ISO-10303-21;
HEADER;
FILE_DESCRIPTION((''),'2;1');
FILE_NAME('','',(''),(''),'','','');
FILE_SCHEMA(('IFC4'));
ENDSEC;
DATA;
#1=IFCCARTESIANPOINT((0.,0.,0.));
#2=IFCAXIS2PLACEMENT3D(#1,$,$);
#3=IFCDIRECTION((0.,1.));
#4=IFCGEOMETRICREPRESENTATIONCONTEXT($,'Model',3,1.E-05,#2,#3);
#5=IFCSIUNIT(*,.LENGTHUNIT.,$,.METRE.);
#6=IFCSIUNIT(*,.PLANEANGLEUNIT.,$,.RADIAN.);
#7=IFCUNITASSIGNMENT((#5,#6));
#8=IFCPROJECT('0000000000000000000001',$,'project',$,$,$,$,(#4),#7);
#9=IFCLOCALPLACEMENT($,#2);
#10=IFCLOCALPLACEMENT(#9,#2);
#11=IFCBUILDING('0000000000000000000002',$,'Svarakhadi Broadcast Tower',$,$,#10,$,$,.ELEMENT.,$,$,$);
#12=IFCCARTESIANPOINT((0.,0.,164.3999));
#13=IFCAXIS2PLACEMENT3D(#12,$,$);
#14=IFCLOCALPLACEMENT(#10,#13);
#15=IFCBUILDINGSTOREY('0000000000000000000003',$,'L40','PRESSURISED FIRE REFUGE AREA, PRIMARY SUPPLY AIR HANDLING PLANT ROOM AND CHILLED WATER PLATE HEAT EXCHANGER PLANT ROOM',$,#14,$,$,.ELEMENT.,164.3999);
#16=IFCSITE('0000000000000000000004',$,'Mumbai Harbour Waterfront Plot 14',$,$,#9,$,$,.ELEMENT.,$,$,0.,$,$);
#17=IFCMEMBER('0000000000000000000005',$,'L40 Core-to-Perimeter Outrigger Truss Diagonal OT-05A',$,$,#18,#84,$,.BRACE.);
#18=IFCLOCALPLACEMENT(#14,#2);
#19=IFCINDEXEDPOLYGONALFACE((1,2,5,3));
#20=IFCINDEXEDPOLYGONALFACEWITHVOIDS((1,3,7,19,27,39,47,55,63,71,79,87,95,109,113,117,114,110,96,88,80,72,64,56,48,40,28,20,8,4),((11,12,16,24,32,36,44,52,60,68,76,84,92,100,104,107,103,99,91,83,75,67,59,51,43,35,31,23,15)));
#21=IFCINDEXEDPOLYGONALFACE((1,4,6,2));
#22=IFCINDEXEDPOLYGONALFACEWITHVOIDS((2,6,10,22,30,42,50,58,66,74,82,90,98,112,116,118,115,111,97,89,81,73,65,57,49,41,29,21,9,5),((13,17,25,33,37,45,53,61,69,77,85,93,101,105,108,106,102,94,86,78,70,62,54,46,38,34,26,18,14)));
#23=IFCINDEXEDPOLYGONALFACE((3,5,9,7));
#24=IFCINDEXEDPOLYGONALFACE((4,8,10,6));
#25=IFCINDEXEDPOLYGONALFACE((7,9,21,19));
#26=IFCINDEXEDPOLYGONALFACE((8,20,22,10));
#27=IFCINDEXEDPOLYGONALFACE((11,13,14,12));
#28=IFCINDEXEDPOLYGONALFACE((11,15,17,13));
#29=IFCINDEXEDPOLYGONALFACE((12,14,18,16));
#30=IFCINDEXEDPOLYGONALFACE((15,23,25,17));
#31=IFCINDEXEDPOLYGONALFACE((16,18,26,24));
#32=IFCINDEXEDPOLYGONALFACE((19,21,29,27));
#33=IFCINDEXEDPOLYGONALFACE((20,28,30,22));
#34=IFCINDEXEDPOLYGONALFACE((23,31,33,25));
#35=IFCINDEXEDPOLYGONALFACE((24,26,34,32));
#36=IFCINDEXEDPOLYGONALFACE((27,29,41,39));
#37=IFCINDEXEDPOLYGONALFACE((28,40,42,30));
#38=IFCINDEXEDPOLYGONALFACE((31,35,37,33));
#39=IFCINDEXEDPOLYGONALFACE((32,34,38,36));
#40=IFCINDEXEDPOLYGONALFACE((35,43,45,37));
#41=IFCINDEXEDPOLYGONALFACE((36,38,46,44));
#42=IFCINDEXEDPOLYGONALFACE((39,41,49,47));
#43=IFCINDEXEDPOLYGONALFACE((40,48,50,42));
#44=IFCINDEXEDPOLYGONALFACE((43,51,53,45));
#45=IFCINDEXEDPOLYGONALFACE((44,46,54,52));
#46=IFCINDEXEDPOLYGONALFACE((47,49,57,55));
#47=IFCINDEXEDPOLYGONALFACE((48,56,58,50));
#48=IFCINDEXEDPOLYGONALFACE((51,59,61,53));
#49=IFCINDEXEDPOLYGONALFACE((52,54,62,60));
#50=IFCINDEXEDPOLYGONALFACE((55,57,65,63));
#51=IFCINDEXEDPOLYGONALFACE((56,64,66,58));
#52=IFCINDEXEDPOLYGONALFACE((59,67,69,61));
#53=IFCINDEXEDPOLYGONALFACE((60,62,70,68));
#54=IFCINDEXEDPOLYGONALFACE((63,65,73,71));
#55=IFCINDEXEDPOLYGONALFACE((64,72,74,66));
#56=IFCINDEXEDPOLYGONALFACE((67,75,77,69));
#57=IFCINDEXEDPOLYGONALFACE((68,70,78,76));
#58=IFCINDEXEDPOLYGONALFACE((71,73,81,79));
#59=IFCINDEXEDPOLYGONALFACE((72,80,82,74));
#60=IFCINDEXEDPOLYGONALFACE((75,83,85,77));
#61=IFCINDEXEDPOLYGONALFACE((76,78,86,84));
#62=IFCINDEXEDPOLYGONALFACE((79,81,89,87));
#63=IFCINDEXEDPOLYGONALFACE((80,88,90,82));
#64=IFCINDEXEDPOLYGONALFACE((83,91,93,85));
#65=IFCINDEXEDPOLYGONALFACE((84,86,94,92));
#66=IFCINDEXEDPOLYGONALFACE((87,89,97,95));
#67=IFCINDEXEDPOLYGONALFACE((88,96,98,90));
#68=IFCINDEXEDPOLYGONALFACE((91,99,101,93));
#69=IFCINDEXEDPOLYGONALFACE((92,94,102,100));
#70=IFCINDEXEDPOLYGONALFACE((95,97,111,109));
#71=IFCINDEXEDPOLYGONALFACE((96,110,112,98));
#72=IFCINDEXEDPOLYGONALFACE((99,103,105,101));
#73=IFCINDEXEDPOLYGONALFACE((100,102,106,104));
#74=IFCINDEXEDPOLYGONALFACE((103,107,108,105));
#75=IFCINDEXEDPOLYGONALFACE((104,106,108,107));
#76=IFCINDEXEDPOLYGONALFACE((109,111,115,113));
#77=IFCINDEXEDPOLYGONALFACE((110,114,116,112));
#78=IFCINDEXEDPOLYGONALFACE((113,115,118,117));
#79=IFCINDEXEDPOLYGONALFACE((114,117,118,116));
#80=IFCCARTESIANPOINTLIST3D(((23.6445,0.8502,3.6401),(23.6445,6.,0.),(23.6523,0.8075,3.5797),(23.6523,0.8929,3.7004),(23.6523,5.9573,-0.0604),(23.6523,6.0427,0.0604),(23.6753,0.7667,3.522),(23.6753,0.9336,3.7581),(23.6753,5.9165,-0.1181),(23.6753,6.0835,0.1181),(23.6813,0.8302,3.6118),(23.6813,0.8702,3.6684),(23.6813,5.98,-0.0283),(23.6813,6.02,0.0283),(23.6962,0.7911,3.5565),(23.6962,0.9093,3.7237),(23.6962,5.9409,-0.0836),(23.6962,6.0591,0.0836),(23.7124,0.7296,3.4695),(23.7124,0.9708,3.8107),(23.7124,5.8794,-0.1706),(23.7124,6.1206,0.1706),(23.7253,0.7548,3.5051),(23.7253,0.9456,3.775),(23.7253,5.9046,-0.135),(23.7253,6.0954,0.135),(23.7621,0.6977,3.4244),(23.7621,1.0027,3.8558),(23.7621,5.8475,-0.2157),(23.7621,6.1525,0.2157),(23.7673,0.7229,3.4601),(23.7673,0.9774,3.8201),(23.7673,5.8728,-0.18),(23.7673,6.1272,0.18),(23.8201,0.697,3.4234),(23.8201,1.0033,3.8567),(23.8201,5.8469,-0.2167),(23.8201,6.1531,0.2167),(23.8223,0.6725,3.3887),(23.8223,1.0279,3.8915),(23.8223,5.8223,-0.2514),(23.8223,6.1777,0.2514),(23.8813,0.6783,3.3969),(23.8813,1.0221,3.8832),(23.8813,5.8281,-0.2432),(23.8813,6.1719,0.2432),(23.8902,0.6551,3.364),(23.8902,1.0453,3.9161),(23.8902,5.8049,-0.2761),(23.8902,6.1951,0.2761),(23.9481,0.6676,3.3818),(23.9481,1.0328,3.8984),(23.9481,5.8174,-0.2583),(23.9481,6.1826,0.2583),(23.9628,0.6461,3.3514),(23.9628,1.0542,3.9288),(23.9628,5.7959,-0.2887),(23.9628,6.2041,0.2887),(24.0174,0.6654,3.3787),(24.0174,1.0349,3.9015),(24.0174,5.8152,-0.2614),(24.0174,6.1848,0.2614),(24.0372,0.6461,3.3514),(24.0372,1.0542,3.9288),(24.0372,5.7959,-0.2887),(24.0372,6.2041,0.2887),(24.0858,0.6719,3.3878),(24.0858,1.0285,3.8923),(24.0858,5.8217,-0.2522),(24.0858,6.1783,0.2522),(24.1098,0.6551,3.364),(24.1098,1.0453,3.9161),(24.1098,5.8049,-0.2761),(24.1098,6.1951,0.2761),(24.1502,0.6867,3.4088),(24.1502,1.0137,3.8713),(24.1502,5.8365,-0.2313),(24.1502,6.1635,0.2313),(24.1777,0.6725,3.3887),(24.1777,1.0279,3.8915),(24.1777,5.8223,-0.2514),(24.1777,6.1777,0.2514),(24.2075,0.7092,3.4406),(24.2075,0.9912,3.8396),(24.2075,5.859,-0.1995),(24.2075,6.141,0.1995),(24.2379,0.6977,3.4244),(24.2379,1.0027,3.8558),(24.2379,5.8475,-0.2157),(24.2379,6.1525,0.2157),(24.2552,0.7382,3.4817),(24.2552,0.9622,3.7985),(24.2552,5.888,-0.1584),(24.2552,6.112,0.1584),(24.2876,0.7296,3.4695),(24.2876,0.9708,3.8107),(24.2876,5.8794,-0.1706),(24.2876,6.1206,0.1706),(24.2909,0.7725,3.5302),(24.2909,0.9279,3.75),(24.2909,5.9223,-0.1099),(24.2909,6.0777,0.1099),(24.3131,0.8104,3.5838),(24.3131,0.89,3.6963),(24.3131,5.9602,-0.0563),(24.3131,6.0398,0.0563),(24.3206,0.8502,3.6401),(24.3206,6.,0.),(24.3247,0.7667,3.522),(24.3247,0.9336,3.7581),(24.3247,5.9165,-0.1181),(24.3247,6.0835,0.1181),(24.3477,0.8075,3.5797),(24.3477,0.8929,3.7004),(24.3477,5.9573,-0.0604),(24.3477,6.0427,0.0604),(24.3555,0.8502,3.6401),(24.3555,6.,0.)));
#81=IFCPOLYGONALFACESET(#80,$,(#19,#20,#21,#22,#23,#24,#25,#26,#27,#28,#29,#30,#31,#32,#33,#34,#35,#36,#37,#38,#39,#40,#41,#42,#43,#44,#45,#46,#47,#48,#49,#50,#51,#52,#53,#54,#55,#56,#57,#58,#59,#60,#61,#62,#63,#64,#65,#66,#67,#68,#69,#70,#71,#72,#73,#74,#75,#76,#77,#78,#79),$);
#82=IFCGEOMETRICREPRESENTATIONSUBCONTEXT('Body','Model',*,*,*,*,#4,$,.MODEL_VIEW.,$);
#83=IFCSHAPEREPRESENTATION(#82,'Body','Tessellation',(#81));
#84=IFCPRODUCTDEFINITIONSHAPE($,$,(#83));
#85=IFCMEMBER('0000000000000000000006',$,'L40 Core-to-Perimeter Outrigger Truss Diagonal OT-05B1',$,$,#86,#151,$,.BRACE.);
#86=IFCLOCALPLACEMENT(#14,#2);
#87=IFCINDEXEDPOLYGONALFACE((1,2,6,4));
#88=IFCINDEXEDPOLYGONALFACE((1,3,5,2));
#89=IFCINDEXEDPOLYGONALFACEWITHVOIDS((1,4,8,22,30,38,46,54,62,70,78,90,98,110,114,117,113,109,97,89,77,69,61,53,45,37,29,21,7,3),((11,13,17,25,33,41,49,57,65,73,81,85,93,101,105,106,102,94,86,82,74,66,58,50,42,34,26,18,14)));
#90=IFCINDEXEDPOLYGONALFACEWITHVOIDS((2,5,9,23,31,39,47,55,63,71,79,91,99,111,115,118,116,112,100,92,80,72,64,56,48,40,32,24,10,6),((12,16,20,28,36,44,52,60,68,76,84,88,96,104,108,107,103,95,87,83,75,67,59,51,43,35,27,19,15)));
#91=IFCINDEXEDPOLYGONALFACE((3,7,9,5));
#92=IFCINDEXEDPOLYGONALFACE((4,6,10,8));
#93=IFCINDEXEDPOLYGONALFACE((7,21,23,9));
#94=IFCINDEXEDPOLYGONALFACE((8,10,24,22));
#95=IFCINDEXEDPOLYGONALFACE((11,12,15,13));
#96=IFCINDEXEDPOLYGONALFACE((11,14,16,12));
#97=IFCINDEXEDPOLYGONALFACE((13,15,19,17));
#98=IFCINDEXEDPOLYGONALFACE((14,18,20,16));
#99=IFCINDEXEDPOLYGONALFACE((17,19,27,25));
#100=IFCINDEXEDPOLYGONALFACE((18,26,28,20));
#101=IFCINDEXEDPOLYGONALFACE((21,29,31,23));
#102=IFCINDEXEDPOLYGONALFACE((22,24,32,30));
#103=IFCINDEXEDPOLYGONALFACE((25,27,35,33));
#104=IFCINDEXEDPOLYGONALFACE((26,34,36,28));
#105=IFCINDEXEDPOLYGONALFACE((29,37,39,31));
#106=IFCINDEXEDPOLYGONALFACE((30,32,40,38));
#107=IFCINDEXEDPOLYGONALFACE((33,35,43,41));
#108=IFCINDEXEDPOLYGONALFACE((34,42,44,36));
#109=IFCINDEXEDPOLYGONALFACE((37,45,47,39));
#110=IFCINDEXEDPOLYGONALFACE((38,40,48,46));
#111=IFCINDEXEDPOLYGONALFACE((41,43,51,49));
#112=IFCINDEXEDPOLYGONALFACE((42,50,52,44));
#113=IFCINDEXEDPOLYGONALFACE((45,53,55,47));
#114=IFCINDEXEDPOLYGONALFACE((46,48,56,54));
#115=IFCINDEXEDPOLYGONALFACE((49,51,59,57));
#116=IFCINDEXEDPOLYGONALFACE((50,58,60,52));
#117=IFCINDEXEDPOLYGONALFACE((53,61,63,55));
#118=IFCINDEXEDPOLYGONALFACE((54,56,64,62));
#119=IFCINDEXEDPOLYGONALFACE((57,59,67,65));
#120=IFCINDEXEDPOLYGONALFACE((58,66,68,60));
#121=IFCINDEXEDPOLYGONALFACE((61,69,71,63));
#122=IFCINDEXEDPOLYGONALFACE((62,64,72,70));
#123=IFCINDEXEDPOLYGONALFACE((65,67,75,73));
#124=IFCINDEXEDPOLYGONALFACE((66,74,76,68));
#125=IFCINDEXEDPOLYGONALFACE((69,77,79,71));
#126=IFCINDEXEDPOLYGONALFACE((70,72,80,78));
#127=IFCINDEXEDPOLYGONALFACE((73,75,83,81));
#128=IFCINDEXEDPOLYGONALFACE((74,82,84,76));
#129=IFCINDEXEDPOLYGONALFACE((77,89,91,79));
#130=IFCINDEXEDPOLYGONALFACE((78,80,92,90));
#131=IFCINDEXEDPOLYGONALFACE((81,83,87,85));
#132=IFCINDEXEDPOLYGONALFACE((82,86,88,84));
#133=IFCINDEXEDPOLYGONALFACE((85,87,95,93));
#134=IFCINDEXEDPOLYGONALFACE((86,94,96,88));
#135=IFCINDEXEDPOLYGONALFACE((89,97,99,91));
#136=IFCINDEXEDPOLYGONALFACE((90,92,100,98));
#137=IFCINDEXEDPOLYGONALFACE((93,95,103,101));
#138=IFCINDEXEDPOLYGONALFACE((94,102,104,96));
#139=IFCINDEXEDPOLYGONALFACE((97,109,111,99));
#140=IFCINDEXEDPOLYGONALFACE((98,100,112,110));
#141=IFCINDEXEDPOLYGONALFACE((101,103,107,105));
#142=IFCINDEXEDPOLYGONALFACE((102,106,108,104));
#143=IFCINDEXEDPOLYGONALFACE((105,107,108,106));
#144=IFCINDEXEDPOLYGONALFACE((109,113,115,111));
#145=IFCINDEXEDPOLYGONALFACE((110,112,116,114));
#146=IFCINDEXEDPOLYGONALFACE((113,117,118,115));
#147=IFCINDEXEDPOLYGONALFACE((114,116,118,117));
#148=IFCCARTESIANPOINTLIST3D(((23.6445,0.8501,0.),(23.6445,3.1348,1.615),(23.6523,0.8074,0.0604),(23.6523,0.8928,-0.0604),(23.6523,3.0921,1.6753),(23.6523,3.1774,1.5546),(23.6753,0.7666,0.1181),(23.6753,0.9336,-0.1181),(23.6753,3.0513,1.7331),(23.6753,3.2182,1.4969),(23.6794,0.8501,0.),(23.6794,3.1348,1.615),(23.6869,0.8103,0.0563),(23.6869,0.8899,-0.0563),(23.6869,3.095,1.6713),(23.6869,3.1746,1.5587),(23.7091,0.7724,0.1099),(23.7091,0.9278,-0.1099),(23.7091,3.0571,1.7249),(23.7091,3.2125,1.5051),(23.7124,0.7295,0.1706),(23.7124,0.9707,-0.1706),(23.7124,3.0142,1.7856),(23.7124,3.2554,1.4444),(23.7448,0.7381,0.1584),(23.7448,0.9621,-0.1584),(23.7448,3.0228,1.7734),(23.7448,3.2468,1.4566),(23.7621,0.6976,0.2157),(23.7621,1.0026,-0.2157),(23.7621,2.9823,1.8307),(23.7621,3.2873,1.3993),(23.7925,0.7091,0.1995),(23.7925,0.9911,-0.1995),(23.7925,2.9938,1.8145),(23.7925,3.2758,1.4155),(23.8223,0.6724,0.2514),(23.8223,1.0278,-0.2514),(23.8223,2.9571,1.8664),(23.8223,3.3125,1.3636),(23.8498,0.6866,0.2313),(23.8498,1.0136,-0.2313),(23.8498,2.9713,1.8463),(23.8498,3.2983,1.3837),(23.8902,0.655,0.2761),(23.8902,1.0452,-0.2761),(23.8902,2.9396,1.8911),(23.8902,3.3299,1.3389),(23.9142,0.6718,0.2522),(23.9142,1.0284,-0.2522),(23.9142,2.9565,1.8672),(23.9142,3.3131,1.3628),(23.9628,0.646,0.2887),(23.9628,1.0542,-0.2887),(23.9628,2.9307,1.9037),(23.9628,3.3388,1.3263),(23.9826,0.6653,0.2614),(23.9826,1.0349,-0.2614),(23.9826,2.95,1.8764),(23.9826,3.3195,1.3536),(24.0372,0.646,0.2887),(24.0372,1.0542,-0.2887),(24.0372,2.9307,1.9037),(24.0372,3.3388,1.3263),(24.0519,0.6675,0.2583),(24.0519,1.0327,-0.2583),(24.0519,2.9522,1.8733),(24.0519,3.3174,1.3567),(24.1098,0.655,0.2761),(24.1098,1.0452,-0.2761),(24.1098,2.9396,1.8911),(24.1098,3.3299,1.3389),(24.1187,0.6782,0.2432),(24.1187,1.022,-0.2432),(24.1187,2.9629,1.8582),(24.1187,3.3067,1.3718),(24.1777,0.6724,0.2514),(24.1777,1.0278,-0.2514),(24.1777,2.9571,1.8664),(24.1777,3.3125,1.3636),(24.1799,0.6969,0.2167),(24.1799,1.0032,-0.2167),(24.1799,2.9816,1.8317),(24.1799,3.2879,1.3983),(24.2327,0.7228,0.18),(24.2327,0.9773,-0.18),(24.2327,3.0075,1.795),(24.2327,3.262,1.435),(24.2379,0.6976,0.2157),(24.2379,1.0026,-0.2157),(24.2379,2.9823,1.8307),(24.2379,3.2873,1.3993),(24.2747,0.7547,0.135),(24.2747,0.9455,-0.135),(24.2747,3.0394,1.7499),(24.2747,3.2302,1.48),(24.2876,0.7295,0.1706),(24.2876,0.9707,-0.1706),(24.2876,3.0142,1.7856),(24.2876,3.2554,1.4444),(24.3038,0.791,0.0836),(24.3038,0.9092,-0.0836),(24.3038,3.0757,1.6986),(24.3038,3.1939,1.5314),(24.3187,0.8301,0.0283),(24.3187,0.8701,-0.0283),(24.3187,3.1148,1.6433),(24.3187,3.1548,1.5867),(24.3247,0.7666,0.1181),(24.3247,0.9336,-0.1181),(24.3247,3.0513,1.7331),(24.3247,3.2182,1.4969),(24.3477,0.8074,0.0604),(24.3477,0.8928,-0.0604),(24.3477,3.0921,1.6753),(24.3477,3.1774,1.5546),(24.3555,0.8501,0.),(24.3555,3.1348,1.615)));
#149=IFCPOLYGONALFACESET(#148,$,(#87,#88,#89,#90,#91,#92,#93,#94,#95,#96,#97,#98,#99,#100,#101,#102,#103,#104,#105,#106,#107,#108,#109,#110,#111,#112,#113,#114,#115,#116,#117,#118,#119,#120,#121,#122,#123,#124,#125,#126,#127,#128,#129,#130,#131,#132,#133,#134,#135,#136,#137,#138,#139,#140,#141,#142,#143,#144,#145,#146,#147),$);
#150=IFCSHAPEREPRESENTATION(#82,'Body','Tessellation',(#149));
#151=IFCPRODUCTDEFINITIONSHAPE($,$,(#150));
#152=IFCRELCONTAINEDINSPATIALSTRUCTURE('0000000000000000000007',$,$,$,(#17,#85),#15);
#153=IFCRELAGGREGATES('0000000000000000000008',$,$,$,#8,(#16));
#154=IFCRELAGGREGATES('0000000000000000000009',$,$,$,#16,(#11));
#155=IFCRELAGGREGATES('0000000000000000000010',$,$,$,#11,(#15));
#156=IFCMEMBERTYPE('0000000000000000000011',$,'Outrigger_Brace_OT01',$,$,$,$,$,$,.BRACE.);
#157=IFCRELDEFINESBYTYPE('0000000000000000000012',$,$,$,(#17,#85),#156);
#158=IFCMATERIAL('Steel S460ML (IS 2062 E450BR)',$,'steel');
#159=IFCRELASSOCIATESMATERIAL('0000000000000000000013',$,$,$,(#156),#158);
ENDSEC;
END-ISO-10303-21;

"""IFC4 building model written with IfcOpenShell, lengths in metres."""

from ifc_helpers import new_model, si_unit, direction, frame, origin, origin_2d, place, context, subcontext, project, spatial, hollow_circle, extrude, material, material_profile, profile_set, type_object, element, save


model = new_model("IFC4")

# Units and contexts
model_context = context("Model", 3, precision=1e-05, world=origin(), true_north=direction((0.0, 1.0)))
body_context = subcontext(model_context, "Body", "Model", "MODEL_VIEW")
ifc_project = project(units=[si_unit("LENGTHUNIT", "METRE"), si_unit("PLANEANGLEUNIT", "RADIAN")], contexts=[model_context])

# Site, building, storey
site_placement = place(None, origin())
site = spatial("IfcSite", under=ifc_project, at=site_placement, Name="Mumbai Harbour Waterfront Plot 14", CompositionType="ELEMENT", RefElevation=0.0)
building_placement = place(site_placement, origin())
building = spatial("IfcBuilding", under=site, at=building_placement, Name="Svarakhadi Broadcast Tower", CompositionType="ELEMENT")
storey_placement = place(building_placement, frame((0.0, 0.0, 164.3999)))
storey = spatial("IfcBuildingStorey", under=building, at=storey_placement, Name="L40", Description="PRESSURISED FIRE REFUGE AREA, PRIMARY SUPPLY AIR HANDLING PLANT ROOM AND CHILLED WATER PLATE HEAT EXCHANGER PLANT ROOM", CompositionType="ELEMENT", Elevation=164.3999)

# Shared definitions
ifc_material_1 = material(Name="Steel S460ML (IS 2062 E450BR)", Category="steel")

# Members
ifc_material_profile_1 = material_profile(ifc_material_1, hollow_circle(Radius=0.3555, WallThickness=0.0349, at=origin_2d()), Name="CHS 711x35")
ifc_profile_set_1 = profile_set([ifc_material_profile_1], Name="Steel S460ML (IS 2062 E450BR)")
member_type_1 = type_object("IfcMemberType", Name="Outrigger_Brace_OT01", PredefinedType="BRACE", material=ifc_profile_set_1)
member_1_placement = place(storey_placement, frame((24.0, 6.0, 0.0), z_axis=(0.0, -0.816601, 0.577203), x_axis=(1.0, 0.0, 0.0)))
element("IfcMember", 1, at=member_1_placement, inside=storey, type_object=member_type_1, Name="L40 Core-to-Perimeter Outrigger Truss Diagonal OT-05A", PredefinedType="BRACE", context=body_context, shape_type="SweptSolid", body=[
    extrude(hollow_circle(Radius=0.3555, WallThickness=0.0349, at=origin_2d()), origin(), (0.0, 0.0, 1.0), 6.3064),
])
member_2_placement = place(storey_placement, frame((24.0, 0.8501, 0.0), z_axis=(0.0, 0.816583, 0.577228), x_axis=(-1.0, 0.0, 0.0)))
element("IfcMember", 2, at=member_2_placement, inside=storey, type_object=member_type_1, Name="L40 Core-to-Perimeter Outrigger Truss Diagonal OT-05B1", PredefinedType="BRACE", context=body_context, shape_type="SweptSolid", body=[
    extrude(hollow_circle(Radius=0.3555, WallThickness=0.0349, at=origin_2d()), origin(), (0.0, 0.0, 1.0), 2.7979),
])

save(model, "model.ifc")
